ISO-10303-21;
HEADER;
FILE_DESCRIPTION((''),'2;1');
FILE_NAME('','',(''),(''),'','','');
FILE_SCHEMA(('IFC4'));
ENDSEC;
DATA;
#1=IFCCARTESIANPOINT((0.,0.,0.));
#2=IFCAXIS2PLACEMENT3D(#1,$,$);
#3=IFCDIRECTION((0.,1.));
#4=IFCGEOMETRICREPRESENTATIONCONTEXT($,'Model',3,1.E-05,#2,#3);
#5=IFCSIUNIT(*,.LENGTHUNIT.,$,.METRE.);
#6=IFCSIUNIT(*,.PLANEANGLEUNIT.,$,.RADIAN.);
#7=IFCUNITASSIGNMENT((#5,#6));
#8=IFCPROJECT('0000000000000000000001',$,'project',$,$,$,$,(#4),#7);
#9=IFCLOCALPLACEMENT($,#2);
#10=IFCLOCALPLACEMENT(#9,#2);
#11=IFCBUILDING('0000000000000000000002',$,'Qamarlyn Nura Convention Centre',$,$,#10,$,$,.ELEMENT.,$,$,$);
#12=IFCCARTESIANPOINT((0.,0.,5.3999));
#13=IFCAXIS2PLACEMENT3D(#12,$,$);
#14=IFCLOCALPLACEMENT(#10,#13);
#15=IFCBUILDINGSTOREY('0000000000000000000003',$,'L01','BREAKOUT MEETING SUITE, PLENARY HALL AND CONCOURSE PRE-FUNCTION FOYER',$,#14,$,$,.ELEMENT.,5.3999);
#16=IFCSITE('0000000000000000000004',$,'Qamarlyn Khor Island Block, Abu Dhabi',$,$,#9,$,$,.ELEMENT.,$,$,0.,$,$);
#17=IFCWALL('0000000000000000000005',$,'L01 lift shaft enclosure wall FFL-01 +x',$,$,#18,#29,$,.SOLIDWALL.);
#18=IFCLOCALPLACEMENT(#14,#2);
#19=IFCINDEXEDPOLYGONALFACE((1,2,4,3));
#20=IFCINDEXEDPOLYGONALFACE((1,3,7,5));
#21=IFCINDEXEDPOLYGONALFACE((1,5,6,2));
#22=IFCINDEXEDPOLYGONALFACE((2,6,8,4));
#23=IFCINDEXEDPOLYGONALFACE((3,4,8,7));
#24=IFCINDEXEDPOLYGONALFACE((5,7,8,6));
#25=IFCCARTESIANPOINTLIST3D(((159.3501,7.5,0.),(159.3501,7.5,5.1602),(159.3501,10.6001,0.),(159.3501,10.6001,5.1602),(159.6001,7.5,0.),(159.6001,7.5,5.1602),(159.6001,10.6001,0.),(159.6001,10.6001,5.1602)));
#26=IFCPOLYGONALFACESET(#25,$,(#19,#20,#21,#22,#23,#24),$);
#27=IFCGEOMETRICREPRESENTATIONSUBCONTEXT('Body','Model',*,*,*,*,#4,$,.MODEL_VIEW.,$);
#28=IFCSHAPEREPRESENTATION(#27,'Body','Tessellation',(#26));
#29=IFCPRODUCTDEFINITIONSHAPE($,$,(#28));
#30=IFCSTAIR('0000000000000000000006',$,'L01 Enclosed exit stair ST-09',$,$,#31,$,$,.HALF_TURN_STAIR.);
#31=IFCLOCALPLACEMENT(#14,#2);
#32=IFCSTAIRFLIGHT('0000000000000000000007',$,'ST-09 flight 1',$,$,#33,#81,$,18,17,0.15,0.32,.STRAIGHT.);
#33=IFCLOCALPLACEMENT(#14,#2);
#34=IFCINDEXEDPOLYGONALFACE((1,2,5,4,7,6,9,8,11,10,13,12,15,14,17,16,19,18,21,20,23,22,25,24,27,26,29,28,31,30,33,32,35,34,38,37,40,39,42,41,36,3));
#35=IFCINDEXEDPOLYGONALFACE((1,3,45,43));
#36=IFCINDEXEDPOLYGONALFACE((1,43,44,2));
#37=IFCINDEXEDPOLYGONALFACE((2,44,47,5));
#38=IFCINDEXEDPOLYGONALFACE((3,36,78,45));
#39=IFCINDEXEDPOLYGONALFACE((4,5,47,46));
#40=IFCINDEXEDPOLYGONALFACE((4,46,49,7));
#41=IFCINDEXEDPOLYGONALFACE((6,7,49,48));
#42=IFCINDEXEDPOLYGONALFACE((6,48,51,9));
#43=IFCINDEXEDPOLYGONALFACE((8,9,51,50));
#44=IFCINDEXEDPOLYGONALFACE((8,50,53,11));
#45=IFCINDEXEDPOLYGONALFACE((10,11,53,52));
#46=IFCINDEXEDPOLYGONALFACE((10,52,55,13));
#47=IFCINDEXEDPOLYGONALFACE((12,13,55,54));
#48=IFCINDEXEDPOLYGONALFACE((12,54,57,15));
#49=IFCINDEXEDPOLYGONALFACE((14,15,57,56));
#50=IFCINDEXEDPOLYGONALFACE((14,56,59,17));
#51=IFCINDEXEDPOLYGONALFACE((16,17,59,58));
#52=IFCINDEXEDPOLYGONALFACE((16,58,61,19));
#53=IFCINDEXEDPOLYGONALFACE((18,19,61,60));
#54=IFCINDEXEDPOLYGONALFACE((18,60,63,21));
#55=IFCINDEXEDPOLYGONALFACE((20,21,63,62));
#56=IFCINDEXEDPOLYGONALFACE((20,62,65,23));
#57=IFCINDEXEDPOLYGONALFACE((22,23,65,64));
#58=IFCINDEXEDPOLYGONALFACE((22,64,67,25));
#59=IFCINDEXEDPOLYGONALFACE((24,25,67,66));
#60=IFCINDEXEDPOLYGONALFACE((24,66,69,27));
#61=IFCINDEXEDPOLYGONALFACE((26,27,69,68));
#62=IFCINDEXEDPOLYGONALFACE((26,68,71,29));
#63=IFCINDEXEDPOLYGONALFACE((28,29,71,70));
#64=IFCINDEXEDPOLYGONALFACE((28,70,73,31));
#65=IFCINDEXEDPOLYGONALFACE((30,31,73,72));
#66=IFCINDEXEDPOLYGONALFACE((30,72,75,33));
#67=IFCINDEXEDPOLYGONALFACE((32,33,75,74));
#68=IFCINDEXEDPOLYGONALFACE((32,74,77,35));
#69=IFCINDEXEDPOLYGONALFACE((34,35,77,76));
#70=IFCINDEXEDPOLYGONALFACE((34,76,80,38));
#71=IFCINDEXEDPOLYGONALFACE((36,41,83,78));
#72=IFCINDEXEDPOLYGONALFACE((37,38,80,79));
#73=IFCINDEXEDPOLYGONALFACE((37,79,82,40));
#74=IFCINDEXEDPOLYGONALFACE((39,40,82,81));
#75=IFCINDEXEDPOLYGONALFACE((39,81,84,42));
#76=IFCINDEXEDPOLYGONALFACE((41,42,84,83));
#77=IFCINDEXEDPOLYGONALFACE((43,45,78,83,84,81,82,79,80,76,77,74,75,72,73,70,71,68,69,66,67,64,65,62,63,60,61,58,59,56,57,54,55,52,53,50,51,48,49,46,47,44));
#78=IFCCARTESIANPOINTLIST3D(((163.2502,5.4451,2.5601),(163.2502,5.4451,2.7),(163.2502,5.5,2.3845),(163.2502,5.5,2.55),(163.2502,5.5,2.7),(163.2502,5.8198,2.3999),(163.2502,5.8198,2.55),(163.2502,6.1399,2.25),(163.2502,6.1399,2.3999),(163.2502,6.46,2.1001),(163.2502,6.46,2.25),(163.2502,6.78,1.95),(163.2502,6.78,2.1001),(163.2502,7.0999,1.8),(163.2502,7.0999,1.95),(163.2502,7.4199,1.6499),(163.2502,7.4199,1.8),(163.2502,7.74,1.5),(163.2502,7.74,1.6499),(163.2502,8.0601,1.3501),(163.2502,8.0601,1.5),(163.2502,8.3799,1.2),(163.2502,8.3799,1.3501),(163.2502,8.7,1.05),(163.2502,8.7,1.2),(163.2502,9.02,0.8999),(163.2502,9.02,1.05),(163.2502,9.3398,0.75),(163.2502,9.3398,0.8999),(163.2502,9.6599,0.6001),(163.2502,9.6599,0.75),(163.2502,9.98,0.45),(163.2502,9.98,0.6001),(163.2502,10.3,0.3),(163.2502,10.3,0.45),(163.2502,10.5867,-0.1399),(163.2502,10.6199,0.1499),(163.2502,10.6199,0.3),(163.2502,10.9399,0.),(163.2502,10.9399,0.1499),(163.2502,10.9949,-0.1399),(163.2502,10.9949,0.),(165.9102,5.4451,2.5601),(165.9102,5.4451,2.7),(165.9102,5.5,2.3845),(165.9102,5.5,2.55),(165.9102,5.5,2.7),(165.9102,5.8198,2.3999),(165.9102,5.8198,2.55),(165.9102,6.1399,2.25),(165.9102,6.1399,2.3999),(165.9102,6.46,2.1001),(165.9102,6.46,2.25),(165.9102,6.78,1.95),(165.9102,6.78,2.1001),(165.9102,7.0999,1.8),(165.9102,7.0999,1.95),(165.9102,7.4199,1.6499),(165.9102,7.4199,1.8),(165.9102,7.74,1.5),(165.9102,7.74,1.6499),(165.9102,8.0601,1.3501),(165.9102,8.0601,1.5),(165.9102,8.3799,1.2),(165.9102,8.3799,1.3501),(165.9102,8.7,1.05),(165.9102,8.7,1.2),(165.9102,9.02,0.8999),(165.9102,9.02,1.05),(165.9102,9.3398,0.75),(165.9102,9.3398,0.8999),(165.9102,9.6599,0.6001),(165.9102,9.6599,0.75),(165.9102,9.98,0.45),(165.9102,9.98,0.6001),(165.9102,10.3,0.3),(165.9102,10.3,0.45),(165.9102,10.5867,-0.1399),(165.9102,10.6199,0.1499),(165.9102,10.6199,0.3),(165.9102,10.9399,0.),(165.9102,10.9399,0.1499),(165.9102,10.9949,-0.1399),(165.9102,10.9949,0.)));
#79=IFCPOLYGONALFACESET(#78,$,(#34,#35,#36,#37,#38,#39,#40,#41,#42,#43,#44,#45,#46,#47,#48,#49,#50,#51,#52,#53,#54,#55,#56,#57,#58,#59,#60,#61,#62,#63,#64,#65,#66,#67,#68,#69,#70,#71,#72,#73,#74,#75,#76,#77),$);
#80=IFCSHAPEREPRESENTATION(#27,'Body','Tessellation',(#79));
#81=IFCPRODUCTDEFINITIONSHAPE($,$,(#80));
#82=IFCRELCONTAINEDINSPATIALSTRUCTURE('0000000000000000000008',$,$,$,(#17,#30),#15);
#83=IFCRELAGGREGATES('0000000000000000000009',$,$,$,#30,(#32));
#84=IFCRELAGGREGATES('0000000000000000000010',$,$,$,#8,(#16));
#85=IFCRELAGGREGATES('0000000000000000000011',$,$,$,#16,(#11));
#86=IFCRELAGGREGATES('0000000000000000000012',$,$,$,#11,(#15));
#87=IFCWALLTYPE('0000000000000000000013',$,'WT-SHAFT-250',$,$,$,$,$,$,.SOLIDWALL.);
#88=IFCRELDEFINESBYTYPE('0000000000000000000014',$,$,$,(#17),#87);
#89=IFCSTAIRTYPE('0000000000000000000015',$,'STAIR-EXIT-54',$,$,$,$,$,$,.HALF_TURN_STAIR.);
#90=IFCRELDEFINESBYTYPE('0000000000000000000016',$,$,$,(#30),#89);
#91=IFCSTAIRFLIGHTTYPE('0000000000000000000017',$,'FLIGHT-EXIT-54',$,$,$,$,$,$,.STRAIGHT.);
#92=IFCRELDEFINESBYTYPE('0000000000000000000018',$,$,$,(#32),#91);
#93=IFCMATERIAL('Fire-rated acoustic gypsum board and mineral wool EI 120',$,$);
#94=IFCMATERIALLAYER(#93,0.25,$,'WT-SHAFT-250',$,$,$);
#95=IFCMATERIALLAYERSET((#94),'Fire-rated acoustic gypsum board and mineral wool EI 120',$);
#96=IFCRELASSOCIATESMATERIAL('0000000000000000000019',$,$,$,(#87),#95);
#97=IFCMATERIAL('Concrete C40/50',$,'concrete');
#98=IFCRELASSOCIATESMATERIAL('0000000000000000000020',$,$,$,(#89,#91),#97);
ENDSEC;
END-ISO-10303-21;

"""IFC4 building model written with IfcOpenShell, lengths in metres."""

from ifc_helpers import new_model, si_unit, direction, frame, frame_2d, origin, place, context, subcontext, project, spatial, polyline, rectangle, outline, extrude, material, layer, layer_set, type_object, element, aggregate, save


model = new_model("IFC4")

# Units and contexts
model_context = context("Model", 3, precision=1e-05, world=origin(), true_north=direction((0.0, 1.0)))
body_context = subcontext(model_context, "Body", "Model", "MODEL_VIEW")
ifc_project = project(units=[si_unit("LENGTHUNIT", "METRE"), si_unit("PLANEANGLEUNIT", "RADIAN")], contexts=[model_context])

# Site, building, storey
site_placement = place(None, origin())
site = spatial("IfcSite", under=ifc_project, at=site_placement, Name="Qamarlyn Khor Island Block, Abu Dhabi", CompositionType="ELEMENT", RefElevation=0.0)
building_placement = place(site_placement, origin())
building = spatial("IfcBuilding", under=site, at=building_placement, Name="Qamarlyn Nura Convention Centre", CompositionType="ELEMENT")
storey_placement = place(building_placement, frame((0.0, 0.0, 5.3999)))
storey = spatial("IfcBuildingStorey", under=building, at=storey_placement, Name="L01", Description="BREAKOUT MEETING SUITE, PLENARY HALL AND CONCOURSE PRE-FUNCTION FOYER", CompositionType="ELEMENT", Elevation=5.3999)

# Shared definitions
ifc_material_1 = material(Name="Fire-rated acoustic gypsum board and mineral wool EI 120")

# Shared definitions
ifc_layer_1 = layer(ifc_material_1, 0.25, Name="WT-SHAFT-250")
ifc_layer_set_1 = layer_set([ifc_layer_1], Name="Fire-rated acoustic gypsum board and mineral wool EI 120")
wall_type_1 = type_object("IfcWallType", Name="WT-SHAFT-250", PredefinedType="SOLIDWALL", material=ifc_layer_set_1)

# Wall
wall_1_placement = place(storey_placement, frame((159.4751, 7.5, 0.0), z_axis=(0.0, 0.0, 1.0), x_axis=(0.0, 1.0, 0.0)))
element("IfcWall", 1, at=wall_1_placement, inside=storey, type_object=wall_type_1, Name="L01 lift shaft enclosure wall FFL-01 +x", PredefinedType="SOLIDWALL", context=body_context, shape_type="SweptSolid", body=[
    extrude(rectangle(XDim=3.1001, YDim=0.25, at=frame_2d((1.55, 0.0))), origin(), (0.0, 0.0, 1.0), 5.1602),
])

# Stair, stair flight
ifc_material_2 = material(Name="Concrete C40/50", Category="concrete")
stair_type = type_object("IfcStairType", Name="STAIR-EXIT-54", PredefinedType="HALF_TURN_STAIR", material=ifc_material_2)
stair_placement = place(storey_placement, origin())
stair = element("IfcStair", 2, at=stair_placement, inside=storey, type_object=stair_type, Name="L01 Enclosed exit stair ST-09", PredefinedType="HALF_TURN_STAIR")
stair_flight_type = type_object("IfcStairFlightType", Name="FLIGHT-EXIT-54", PredefinedType="STRAIGHT", material=ifc_material_2)
stair_flight_placement = place(storey_placement, frame((164.5801, 10.9399, 0.0), z_axis=(0.0, 0.0, 1.0), x_axis=(0.0, -1.0, 0.0)))
stair_flight = element("IfcStairFlight", 3, at=stair_flight_placement, type_object=stair_flight_type, Name="ST-09 flight 1", NumberOfRisers=18, NumberOfTreads=17, PredefinedType="STRAIGHT", RiserHeight=0.15, TreadLength=0.32, context=body_context, shape_type="SweptSolid", body=[
    extrude(outline(polyline([(-0.0549, 0.0), (0.0, 0.0), (0.0, 0.1499), (0.3201, 0.1499), (0.3201, 0.3), (0.6399, 0.3), (0.6399, 0.45), (0.96, 0.45), (0.96, 0.6001), (1.28, 0.6001), (1.28, 0.75), (1.6001, 0.75), (1.6001, 0.8999), (1.9199, 0.8999), (1.9199, 1.05), (2.24, 1.05), (2.24, 1.2), (2.5601, 1.2), (2.5601, 1.3501), (2.8799, 1.3501), (2.8799, 1.5), (3.2, 1.5), (3.2, 1.6499), (3.52, 1.6499), (3.52, 1.8), (3.8401, 1.8), (3.8401, 1.95), (4.1599, 1.95), (4.1599, 2.1001), (4.48, 2.1001), (4.48, 2.25), (4.8, 2.25), (4.8, 2.3999), (5.1201, 2.3999), (5.1201, 2.55), (5.4399, 2.55), (5.4399, 2.7), (5.4949, 2.7), (5.4949, 2.5601), (5.4399, 2.3845), (0.3533, -0.1399), (-0.0549, -0.1399), (-0.0549, 0.0)])), frame((0.0, 1.3301, 0.0), z_axis=(0.0, -1.0, 0.0), x_axis=(1.0, 0.0, 0.0)), (0.0, 0.0, 1.0), 2.6599),
])
aggregate(stair, [stair_flight])

save(model, "model.ifc")
